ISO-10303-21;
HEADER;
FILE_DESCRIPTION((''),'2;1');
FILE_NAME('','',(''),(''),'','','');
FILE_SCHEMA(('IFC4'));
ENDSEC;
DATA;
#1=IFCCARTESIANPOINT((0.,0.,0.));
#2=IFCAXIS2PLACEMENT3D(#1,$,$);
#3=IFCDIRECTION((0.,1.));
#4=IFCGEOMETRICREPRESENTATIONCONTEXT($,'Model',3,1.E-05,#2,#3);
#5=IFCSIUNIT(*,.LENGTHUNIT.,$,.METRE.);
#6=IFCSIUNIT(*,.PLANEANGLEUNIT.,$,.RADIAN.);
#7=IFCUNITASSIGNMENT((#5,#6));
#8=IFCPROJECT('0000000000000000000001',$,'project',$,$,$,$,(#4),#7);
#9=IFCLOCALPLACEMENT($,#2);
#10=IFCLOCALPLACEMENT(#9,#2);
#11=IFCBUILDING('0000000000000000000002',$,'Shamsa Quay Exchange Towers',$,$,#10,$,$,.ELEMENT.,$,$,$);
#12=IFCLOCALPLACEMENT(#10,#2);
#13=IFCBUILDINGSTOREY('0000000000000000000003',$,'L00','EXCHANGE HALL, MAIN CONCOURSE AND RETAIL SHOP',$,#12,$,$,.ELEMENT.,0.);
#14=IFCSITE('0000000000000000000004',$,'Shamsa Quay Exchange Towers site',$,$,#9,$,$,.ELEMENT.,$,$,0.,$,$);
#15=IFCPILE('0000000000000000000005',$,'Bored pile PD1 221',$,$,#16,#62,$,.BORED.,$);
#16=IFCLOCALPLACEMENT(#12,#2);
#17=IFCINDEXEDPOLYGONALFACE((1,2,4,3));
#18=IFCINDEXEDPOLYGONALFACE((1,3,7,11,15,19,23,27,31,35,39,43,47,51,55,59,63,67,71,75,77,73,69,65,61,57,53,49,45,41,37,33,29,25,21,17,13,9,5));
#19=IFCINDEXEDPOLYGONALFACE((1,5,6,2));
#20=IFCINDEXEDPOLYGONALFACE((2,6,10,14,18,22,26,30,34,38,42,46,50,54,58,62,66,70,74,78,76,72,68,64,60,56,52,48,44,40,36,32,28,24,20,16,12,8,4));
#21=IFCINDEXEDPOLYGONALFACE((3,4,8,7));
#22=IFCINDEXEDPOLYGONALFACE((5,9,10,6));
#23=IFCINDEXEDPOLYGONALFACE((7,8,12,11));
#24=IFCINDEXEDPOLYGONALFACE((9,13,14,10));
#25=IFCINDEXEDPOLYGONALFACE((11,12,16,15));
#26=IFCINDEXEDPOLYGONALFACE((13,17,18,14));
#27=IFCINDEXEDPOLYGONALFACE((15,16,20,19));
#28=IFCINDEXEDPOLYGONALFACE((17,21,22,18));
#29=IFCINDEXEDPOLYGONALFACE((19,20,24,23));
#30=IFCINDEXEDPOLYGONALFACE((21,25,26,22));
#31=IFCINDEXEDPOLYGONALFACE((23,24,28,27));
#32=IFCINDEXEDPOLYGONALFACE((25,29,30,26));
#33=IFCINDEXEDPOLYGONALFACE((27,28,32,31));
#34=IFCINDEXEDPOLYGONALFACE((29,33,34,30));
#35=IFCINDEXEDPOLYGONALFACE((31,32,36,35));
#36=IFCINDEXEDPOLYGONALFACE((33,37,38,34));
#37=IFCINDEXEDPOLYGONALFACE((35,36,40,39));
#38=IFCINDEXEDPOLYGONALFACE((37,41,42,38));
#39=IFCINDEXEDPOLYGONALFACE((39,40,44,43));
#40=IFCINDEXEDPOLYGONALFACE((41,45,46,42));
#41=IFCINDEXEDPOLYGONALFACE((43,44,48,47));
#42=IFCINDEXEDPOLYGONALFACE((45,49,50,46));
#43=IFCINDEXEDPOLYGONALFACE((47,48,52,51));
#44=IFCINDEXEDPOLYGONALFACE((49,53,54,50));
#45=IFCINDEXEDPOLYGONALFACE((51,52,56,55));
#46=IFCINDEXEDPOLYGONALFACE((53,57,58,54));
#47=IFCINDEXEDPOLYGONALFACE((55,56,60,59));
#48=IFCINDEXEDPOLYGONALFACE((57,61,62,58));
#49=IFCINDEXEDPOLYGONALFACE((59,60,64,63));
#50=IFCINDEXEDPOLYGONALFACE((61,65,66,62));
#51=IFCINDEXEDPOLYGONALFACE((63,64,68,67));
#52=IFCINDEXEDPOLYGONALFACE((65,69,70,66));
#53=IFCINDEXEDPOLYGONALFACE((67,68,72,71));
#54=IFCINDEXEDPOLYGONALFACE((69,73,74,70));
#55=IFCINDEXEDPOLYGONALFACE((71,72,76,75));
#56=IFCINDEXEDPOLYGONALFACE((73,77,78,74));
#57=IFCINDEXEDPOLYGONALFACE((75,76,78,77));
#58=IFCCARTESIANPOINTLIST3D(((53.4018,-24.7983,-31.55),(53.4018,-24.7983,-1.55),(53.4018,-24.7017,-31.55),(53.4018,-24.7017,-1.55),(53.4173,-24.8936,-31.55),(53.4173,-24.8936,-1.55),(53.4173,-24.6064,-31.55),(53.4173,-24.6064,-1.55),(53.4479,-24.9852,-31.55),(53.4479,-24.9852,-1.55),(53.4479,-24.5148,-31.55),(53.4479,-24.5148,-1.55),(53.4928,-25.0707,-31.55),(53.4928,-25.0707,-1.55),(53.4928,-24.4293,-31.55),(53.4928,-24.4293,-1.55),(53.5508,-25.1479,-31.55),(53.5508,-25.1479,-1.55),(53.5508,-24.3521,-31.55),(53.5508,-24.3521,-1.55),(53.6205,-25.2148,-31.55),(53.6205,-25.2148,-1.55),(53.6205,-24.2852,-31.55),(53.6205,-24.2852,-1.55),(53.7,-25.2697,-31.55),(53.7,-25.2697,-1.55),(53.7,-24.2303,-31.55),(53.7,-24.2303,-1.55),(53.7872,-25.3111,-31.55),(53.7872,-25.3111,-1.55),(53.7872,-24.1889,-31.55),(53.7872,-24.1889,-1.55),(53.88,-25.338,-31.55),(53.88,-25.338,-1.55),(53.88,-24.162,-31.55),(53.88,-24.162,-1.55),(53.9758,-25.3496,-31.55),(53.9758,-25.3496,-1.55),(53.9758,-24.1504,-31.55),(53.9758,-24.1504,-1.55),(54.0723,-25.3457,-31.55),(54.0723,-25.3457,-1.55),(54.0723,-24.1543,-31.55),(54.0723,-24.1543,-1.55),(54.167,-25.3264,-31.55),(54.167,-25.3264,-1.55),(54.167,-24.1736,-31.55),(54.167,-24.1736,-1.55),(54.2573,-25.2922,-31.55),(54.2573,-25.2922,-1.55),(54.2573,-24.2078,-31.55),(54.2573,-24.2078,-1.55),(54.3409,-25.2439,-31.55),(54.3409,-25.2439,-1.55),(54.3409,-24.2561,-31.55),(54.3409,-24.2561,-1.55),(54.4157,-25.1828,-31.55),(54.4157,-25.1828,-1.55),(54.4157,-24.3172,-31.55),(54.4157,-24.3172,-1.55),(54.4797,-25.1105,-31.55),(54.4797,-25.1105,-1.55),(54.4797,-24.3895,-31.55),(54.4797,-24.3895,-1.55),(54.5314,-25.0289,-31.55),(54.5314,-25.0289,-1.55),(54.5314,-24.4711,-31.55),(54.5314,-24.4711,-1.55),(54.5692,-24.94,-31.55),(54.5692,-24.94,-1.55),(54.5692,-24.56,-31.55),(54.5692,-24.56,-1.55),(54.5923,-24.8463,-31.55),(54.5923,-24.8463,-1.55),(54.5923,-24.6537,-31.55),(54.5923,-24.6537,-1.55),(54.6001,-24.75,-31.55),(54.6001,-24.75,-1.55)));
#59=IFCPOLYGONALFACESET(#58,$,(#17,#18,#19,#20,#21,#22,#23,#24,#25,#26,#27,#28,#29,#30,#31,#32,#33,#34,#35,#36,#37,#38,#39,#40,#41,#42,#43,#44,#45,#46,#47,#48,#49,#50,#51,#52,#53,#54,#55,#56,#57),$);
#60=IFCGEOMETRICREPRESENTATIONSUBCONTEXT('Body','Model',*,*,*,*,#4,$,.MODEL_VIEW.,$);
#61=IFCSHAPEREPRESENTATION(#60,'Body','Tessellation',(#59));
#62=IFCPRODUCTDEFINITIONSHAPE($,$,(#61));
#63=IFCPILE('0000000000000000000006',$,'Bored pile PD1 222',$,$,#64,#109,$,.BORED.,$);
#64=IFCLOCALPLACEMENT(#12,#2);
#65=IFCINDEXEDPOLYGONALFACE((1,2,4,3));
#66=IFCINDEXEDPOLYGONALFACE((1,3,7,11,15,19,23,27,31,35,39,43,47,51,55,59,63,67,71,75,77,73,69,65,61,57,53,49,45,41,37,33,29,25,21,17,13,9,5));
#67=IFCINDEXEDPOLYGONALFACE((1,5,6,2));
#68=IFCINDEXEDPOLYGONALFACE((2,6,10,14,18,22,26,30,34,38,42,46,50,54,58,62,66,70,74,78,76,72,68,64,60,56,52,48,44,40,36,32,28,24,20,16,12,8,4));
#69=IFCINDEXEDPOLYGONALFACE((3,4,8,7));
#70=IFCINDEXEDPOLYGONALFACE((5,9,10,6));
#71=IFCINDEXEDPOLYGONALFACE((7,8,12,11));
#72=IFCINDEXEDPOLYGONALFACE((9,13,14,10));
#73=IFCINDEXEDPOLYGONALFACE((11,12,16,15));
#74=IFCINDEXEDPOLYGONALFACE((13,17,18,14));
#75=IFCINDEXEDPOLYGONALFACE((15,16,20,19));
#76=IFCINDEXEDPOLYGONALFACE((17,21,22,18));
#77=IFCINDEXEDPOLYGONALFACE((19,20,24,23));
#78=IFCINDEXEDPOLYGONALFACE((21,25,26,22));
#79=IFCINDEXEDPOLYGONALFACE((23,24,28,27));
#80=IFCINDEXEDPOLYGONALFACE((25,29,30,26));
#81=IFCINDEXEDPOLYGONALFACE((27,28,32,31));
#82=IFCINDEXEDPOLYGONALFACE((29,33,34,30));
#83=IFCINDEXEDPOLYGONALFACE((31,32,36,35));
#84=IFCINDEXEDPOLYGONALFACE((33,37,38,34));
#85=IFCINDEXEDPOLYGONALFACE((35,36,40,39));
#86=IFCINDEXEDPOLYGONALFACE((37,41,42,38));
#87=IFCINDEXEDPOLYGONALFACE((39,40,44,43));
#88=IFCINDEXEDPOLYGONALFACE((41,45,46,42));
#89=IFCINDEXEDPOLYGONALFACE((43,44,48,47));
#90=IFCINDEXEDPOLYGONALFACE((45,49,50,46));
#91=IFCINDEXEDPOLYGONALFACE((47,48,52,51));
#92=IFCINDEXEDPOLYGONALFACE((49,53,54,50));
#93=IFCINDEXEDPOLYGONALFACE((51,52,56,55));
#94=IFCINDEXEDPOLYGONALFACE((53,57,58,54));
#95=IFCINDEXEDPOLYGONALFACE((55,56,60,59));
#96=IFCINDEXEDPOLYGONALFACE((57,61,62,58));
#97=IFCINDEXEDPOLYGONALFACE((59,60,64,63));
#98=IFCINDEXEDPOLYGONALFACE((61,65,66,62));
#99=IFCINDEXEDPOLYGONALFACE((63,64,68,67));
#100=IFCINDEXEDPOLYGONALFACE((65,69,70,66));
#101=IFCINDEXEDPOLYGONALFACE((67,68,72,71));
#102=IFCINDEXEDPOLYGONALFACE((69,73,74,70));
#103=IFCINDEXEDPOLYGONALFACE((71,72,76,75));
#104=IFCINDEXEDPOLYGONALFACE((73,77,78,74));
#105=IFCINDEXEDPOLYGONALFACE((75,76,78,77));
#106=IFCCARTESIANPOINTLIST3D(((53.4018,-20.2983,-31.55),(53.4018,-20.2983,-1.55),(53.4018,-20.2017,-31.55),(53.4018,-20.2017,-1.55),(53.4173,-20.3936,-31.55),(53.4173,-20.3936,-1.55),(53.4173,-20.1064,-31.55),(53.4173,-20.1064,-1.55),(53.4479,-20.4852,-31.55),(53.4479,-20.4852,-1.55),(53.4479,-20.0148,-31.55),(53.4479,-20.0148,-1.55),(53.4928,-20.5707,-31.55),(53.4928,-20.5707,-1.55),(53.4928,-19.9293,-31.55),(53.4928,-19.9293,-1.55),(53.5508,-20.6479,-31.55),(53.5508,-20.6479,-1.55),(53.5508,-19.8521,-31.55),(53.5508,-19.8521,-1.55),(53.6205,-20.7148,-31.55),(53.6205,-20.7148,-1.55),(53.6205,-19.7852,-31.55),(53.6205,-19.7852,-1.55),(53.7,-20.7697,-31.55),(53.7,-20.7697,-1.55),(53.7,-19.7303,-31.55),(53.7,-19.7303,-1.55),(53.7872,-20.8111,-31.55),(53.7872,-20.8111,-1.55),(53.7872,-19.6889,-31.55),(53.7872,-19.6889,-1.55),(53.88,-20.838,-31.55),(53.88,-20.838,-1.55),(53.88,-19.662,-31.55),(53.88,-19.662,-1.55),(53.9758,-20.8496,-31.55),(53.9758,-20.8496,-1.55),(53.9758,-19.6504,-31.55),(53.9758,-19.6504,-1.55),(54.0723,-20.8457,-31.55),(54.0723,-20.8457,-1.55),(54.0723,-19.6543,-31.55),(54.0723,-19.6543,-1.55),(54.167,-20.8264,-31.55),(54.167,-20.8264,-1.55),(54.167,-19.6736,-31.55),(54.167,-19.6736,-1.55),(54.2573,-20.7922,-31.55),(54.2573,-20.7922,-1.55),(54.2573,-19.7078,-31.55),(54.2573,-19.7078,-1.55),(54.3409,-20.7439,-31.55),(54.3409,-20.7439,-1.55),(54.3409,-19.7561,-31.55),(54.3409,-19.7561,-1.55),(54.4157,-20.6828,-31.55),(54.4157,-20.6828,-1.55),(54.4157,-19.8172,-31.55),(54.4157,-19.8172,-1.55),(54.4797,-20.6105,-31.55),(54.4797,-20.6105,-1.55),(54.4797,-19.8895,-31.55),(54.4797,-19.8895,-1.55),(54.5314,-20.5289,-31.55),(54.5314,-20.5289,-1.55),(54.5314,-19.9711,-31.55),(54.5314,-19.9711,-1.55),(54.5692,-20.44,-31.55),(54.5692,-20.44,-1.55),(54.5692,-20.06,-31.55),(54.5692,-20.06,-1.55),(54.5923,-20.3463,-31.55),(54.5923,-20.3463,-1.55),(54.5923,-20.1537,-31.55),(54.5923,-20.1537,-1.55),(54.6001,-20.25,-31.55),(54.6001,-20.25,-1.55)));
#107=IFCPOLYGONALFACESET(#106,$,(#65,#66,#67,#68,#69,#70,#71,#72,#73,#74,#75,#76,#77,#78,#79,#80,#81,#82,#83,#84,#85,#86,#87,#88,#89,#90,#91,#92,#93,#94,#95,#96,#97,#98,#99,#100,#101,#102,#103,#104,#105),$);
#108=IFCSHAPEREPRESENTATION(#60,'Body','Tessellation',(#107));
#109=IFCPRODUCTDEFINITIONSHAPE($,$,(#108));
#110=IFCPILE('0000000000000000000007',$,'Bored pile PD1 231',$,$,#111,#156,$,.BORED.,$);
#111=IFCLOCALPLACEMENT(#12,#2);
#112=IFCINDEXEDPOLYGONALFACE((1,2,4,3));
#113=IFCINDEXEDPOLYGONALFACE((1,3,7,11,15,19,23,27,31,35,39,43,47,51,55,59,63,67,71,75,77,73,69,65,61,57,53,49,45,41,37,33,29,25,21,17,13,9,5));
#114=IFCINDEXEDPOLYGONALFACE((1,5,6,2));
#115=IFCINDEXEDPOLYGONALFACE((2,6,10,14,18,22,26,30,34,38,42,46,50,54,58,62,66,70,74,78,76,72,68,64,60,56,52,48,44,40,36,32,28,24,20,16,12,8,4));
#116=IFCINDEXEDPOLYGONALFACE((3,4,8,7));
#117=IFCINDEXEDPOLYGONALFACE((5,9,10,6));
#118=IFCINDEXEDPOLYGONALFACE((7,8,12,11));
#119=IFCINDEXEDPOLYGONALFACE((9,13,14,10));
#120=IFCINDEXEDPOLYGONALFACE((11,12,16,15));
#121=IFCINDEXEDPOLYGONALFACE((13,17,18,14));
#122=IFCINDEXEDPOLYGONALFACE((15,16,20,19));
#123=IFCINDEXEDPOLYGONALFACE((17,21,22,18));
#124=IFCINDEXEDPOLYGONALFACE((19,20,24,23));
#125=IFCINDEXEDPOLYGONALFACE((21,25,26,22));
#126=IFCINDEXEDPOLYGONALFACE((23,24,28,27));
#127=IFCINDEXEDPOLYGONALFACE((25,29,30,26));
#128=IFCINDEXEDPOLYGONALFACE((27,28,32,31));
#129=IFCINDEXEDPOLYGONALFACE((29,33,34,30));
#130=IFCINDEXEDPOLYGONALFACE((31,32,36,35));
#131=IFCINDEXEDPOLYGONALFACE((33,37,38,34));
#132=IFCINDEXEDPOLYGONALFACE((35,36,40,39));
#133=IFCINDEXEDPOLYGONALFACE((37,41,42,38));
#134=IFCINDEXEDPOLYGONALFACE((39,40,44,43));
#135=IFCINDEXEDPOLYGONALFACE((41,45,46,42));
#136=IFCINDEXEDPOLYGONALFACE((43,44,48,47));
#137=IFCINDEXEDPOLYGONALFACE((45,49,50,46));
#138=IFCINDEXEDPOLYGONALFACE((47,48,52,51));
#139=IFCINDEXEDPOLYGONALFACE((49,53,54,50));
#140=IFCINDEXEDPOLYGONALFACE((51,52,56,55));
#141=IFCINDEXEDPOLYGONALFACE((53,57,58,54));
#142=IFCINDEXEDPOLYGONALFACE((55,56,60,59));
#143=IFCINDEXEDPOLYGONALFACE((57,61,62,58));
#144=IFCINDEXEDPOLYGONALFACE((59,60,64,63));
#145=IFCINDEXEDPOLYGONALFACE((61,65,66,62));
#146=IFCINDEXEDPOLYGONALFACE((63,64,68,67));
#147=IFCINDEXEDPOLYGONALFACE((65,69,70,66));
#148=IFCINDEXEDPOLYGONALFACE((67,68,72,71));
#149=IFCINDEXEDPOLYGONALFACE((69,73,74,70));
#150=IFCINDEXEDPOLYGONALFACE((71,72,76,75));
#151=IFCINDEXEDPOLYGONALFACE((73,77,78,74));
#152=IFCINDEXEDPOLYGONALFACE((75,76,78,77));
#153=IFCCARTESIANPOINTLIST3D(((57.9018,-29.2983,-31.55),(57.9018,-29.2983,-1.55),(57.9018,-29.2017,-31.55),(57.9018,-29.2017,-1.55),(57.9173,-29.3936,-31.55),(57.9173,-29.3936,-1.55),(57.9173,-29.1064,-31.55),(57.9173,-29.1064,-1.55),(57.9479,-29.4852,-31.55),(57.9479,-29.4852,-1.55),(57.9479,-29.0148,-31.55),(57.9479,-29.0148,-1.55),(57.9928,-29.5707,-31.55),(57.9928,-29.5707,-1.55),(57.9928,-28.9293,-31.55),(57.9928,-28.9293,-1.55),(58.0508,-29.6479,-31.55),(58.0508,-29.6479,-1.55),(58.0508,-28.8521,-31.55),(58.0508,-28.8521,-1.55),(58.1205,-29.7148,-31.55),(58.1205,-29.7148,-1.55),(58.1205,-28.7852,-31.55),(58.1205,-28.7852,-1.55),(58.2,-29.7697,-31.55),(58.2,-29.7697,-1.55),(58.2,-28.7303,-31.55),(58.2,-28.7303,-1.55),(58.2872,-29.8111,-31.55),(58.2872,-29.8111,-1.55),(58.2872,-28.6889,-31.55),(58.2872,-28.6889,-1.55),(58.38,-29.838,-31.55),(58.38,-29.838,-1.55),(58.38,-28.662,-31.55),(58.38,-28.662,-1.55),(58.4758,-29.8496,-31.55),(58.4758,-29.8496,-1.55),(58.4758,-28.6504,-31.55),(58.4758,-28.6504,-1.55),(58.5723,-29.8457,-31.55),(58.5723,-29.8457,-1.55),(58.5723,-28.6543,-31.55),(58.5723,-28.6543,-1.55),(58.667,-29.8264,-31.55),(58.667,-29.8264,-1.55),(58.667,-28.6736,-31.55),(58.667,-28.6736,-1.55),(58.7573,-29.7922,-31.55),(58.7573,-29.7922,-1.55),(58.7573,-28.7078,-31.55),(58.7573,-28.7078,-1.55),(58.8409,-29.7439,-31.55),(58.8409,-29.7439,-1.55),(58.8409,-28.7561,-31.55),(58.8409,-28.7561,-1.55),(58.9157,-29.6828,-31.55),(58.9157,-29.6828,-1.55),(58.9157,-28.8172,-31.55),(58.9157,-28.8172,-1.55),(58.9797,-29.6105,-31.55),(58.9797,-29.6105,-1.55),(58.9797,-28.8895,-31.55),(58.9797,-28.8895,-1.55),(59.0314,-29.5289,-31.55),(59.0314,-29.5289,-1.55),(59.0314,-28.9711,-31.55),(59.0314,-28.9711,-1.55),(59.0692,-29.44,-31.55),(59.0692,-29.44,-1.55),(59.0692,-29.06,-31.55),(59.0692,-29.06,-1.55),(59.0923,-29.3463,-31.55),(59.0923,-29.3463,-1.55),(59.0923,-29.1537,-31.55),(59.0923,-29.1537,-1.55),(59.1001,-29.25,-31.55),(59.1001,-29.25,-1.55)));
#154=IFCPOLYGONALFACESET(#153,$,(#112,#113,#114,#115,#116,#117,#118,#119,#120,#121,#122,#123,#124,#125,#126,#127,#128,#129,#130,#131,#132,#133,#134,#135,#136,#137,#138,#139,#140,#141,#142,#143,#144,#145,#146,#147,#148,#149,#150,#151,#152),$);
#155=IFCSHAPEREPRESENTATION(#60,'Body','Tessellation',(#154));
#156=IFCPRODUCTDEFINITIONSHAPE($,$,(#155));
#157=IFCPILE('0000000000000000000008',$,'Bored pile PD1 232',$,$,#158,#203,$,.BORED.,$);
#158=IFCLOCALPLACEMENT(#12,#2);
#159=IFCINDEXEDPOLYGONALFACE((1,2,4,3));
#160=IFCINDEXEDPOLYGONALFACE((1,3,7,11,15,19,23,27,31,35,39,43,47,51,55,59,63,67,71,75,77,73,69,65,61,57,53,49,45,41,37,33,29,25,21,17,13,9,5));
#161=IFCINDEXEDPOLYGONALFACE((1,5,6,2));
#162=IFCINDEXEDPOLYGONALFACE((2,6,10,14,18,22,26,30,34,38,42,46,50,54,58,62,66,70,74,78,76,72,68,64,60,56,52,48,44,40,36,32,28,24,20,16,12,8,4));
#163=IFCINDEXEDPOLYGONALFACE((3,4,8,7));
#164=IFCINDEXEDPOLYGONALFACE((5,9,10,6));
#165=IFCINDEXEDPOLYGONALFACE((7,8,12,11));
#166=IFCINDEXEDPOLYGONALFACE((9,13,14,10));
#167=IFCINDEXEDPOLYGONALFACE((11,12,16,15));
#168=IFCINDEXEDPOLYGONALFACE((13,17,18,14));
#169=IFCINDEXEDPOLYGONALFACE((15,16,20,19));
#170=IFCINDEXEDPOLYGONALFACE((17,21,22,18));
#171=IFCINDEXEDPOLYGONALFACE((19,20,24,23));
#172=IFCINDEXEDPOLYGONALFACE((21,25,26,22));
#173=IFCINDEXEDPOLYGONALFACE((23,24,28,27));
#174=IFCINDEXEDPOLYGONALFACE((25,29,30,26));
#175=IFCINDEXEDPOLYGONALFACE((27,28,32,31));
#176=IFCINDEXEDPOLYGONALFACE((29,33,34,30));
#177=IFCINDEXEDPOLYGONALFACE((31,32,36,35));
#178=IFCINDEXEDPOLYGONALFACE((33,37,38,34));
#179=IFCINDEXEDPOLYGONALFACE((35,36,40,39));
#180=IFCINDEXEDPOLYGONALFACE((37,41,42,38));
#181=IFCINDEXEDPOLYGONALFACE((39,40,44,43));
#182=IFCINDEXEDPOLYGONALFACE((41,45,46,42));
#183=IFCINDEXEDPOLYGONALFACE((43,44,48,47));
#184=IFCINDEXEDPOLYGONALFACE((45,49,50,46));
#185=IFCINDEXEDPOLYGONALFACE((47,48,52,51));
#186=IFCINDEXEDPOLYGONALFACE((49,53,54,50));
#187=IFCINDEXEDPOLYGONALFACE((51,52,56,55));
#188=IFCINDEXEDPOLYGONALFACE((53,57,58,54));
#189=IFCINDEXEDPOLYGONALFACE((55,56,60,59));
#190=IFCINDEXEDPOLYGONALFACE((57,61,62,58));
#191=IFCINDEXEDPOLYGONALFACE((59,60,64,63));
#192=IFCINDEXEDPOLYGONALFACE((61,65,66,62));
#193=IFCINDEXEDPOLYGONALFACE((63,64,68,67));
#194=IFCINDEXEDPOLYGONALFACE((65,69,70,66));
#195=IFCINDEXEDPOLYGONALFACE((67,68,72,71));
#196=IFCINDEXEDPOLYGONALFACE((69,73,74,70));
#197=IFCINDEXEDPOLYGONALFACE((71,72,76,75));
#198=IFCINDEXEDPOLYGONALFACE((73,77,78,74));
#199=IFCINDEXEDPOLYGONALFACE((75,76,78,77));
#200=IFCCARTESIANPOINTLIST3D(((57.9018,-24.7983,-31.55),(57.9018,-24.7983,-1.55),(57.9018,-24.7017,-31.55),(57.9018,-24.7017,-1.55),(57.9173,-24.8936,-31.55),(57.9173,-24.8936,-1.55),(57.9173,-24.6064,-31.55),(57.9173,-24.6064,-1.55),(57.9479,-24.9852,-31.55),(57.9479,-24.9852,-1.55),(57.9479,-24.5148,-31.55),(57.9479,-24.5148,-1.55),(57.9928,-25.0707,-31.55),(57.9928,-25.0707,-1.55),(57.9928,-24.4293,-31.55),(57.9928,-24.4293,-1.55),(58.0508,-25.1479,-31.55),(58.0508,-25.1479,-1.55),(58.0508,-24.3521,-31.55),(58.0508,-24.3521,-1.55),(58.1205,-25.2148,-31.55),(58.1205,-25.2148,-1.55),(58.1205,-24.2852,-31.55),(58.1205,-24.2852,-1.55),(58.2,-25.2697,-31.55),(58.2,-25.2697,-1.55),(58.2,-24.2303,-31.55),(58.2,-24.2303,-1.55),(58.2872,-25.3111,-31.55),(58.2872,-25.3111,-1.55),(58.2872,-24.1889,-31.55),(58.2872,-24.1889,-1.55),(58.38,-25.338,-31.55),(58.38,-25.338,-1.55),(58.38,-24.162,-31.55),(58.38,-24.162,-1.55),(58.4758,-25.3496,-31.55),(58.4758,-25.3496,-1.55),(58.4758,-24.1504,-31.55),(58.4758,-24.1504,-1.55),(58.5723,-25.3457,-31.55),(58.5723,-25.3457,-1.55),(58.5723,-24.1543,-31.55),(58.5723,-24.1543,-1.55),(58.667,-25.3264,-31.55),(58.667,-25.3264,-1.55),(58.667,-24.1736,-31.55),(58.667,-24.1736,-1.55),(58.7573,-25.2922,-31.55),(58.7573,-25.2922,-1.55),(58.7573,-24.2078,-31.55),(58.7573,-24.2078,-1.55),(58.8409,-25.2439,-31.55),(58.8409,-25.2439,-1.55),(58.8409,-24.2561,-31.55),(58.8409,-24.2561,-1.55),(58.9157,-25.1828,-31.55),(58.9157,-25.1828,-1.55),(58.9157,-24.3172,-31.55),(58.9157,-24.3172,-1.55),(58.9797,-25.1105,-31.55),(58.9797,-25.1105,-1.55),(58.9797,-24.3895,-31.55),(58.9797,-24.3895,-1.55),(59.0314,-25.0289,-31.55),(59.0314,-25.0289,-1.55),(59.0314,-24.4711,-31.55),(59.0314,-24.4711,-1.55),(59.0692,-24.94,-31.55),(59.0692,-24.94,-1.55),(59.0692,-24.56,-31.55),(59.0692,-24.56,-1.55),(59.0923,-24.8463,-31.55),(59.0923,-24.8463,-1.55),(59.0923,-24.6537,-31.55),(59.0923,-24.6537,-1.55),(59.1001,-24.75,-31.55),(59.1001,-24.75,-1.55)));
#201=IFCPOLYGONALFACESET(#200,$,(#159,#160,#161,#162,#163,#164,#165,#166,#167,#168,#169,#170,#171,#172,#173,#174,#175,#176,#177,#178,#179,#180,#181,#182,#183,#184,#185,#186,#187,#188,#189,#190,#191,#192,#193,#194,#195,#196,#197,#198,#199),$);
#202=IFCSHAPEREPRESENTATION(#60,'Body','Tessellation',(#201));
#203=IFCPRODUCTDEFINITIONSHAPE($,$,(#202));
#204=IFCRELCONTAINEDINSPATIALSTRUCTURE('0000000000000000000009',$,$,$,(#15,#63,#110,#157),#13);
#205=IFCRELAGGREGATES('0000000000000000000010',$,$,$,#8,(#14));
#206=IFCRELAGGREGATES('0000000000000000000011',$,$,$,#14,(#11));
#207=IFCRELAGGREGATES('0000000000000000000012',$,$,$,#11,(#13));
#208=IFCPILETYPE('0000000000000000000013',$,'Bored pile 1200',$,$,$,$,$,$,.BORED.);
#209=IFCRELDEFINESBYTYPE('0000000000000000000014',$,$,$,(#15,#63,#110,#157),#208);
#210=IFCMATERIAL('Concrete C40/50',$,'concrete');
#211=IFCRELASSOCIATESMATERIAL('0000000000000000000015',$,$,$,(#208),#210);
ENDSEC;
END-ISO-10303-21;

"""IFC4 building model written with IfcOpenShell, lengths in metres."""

from ifc_helpers import new_model, si_unit, direction, frame, origin, origin_2d, place, context, subcontext, project, spatial, circle, extrude, material, material_profile, profile_set, type_object, element, save


model = new_model("IFC4")

# Units and contexts
model_context = context("Model", 3, precision=1e-05, world=origin(), true_north=direction((0.0, 1.0)))
body_context = subcontext(model_context, "Body", "Model", "MODEL_VIEW")
ifc_project = project(units=[si_unit("LENGTHUNIT", "METRE"), si_unit("PLANEANGLEUNIT", "RADIAN")], contexts=[model_context])

# Site, building, storey
site_placement = place(None, origin())
site = spatial("IfcSite", under=ifc_project, at=site_placement, Name="Shamsa Quay Exchange Towers site", CompositionType="ELEMENT", RefElevation=0.0)
building_placement = place(site_placement, origin())
building = spatial("IfcBuilding", under=site, at=building_placement, Name="Shamsa Quay Exchange Towers", CompositionType="ELEMENT")
storey_placement = place(building_placement, origin())
storey = spatial("IfcBuildingStorey", under=building, at=storey_placement, Name="L00", Description="EXCHANGE HALL, MAIN CONCOURSE AND RETAIL SHOP", CompositionType="ELEMENT", Elevation=0.0)

# Piles
ifc_material_1 = material(Name="Concrete C40/50", Category="concrete")
ifc_material_profile_1 = material_profile(ifc_material_1, circle(Radius=0.6001, at=origin_2d()), Name="BP1200")
ifc_profile_set_1 = profile_set([ifc_material_profile_1], Name="Concrete C40/50")
pile_type = type_object("IfcPileType", Name="Bored pile 1200", PredefinedType="BORED", material=ifc_profile_set_1)
for number, where, z_axis, x_axis, name in (
    (1, (54.0, -24.75, -1.55), (0.0, 0.0, -1.0), (1.0, 0.0, 0.0), "Bored pile PD1 221"),
    (2, (54.0, -20.25, -1.55), (0.0, 0.0, -1.0), (1.0, 0.0, 0.0), "Bored pile PD1 222"),
    (3, (58.5, -29.25, -1.55), (0.0, 0.0, -1.0), (1.0, 0.0, 0.0), "Bored pile PD1 231"),
    (4, (58.5, -24.75, -1.55), (0.0, 0.0, -1.0), (1.0, 0.0, 0.0), "Bored pile PD1 232"),
):
    element("IfcPile", number, at=place(storey_placement, frame(where, z_axis=z_axis, x_axis=x_axis)), inside=storey, type_object=pile_type, Name=name, PredefinedType="BORED", context=body_context, shape_type="SweptSolid", body=[
        extrude(circle(Radius=0.6001, at=origin_2d()), origin(), (0.0, 0.0, 1.0), 30.0),
    ])

save(model, "model.ifc")
